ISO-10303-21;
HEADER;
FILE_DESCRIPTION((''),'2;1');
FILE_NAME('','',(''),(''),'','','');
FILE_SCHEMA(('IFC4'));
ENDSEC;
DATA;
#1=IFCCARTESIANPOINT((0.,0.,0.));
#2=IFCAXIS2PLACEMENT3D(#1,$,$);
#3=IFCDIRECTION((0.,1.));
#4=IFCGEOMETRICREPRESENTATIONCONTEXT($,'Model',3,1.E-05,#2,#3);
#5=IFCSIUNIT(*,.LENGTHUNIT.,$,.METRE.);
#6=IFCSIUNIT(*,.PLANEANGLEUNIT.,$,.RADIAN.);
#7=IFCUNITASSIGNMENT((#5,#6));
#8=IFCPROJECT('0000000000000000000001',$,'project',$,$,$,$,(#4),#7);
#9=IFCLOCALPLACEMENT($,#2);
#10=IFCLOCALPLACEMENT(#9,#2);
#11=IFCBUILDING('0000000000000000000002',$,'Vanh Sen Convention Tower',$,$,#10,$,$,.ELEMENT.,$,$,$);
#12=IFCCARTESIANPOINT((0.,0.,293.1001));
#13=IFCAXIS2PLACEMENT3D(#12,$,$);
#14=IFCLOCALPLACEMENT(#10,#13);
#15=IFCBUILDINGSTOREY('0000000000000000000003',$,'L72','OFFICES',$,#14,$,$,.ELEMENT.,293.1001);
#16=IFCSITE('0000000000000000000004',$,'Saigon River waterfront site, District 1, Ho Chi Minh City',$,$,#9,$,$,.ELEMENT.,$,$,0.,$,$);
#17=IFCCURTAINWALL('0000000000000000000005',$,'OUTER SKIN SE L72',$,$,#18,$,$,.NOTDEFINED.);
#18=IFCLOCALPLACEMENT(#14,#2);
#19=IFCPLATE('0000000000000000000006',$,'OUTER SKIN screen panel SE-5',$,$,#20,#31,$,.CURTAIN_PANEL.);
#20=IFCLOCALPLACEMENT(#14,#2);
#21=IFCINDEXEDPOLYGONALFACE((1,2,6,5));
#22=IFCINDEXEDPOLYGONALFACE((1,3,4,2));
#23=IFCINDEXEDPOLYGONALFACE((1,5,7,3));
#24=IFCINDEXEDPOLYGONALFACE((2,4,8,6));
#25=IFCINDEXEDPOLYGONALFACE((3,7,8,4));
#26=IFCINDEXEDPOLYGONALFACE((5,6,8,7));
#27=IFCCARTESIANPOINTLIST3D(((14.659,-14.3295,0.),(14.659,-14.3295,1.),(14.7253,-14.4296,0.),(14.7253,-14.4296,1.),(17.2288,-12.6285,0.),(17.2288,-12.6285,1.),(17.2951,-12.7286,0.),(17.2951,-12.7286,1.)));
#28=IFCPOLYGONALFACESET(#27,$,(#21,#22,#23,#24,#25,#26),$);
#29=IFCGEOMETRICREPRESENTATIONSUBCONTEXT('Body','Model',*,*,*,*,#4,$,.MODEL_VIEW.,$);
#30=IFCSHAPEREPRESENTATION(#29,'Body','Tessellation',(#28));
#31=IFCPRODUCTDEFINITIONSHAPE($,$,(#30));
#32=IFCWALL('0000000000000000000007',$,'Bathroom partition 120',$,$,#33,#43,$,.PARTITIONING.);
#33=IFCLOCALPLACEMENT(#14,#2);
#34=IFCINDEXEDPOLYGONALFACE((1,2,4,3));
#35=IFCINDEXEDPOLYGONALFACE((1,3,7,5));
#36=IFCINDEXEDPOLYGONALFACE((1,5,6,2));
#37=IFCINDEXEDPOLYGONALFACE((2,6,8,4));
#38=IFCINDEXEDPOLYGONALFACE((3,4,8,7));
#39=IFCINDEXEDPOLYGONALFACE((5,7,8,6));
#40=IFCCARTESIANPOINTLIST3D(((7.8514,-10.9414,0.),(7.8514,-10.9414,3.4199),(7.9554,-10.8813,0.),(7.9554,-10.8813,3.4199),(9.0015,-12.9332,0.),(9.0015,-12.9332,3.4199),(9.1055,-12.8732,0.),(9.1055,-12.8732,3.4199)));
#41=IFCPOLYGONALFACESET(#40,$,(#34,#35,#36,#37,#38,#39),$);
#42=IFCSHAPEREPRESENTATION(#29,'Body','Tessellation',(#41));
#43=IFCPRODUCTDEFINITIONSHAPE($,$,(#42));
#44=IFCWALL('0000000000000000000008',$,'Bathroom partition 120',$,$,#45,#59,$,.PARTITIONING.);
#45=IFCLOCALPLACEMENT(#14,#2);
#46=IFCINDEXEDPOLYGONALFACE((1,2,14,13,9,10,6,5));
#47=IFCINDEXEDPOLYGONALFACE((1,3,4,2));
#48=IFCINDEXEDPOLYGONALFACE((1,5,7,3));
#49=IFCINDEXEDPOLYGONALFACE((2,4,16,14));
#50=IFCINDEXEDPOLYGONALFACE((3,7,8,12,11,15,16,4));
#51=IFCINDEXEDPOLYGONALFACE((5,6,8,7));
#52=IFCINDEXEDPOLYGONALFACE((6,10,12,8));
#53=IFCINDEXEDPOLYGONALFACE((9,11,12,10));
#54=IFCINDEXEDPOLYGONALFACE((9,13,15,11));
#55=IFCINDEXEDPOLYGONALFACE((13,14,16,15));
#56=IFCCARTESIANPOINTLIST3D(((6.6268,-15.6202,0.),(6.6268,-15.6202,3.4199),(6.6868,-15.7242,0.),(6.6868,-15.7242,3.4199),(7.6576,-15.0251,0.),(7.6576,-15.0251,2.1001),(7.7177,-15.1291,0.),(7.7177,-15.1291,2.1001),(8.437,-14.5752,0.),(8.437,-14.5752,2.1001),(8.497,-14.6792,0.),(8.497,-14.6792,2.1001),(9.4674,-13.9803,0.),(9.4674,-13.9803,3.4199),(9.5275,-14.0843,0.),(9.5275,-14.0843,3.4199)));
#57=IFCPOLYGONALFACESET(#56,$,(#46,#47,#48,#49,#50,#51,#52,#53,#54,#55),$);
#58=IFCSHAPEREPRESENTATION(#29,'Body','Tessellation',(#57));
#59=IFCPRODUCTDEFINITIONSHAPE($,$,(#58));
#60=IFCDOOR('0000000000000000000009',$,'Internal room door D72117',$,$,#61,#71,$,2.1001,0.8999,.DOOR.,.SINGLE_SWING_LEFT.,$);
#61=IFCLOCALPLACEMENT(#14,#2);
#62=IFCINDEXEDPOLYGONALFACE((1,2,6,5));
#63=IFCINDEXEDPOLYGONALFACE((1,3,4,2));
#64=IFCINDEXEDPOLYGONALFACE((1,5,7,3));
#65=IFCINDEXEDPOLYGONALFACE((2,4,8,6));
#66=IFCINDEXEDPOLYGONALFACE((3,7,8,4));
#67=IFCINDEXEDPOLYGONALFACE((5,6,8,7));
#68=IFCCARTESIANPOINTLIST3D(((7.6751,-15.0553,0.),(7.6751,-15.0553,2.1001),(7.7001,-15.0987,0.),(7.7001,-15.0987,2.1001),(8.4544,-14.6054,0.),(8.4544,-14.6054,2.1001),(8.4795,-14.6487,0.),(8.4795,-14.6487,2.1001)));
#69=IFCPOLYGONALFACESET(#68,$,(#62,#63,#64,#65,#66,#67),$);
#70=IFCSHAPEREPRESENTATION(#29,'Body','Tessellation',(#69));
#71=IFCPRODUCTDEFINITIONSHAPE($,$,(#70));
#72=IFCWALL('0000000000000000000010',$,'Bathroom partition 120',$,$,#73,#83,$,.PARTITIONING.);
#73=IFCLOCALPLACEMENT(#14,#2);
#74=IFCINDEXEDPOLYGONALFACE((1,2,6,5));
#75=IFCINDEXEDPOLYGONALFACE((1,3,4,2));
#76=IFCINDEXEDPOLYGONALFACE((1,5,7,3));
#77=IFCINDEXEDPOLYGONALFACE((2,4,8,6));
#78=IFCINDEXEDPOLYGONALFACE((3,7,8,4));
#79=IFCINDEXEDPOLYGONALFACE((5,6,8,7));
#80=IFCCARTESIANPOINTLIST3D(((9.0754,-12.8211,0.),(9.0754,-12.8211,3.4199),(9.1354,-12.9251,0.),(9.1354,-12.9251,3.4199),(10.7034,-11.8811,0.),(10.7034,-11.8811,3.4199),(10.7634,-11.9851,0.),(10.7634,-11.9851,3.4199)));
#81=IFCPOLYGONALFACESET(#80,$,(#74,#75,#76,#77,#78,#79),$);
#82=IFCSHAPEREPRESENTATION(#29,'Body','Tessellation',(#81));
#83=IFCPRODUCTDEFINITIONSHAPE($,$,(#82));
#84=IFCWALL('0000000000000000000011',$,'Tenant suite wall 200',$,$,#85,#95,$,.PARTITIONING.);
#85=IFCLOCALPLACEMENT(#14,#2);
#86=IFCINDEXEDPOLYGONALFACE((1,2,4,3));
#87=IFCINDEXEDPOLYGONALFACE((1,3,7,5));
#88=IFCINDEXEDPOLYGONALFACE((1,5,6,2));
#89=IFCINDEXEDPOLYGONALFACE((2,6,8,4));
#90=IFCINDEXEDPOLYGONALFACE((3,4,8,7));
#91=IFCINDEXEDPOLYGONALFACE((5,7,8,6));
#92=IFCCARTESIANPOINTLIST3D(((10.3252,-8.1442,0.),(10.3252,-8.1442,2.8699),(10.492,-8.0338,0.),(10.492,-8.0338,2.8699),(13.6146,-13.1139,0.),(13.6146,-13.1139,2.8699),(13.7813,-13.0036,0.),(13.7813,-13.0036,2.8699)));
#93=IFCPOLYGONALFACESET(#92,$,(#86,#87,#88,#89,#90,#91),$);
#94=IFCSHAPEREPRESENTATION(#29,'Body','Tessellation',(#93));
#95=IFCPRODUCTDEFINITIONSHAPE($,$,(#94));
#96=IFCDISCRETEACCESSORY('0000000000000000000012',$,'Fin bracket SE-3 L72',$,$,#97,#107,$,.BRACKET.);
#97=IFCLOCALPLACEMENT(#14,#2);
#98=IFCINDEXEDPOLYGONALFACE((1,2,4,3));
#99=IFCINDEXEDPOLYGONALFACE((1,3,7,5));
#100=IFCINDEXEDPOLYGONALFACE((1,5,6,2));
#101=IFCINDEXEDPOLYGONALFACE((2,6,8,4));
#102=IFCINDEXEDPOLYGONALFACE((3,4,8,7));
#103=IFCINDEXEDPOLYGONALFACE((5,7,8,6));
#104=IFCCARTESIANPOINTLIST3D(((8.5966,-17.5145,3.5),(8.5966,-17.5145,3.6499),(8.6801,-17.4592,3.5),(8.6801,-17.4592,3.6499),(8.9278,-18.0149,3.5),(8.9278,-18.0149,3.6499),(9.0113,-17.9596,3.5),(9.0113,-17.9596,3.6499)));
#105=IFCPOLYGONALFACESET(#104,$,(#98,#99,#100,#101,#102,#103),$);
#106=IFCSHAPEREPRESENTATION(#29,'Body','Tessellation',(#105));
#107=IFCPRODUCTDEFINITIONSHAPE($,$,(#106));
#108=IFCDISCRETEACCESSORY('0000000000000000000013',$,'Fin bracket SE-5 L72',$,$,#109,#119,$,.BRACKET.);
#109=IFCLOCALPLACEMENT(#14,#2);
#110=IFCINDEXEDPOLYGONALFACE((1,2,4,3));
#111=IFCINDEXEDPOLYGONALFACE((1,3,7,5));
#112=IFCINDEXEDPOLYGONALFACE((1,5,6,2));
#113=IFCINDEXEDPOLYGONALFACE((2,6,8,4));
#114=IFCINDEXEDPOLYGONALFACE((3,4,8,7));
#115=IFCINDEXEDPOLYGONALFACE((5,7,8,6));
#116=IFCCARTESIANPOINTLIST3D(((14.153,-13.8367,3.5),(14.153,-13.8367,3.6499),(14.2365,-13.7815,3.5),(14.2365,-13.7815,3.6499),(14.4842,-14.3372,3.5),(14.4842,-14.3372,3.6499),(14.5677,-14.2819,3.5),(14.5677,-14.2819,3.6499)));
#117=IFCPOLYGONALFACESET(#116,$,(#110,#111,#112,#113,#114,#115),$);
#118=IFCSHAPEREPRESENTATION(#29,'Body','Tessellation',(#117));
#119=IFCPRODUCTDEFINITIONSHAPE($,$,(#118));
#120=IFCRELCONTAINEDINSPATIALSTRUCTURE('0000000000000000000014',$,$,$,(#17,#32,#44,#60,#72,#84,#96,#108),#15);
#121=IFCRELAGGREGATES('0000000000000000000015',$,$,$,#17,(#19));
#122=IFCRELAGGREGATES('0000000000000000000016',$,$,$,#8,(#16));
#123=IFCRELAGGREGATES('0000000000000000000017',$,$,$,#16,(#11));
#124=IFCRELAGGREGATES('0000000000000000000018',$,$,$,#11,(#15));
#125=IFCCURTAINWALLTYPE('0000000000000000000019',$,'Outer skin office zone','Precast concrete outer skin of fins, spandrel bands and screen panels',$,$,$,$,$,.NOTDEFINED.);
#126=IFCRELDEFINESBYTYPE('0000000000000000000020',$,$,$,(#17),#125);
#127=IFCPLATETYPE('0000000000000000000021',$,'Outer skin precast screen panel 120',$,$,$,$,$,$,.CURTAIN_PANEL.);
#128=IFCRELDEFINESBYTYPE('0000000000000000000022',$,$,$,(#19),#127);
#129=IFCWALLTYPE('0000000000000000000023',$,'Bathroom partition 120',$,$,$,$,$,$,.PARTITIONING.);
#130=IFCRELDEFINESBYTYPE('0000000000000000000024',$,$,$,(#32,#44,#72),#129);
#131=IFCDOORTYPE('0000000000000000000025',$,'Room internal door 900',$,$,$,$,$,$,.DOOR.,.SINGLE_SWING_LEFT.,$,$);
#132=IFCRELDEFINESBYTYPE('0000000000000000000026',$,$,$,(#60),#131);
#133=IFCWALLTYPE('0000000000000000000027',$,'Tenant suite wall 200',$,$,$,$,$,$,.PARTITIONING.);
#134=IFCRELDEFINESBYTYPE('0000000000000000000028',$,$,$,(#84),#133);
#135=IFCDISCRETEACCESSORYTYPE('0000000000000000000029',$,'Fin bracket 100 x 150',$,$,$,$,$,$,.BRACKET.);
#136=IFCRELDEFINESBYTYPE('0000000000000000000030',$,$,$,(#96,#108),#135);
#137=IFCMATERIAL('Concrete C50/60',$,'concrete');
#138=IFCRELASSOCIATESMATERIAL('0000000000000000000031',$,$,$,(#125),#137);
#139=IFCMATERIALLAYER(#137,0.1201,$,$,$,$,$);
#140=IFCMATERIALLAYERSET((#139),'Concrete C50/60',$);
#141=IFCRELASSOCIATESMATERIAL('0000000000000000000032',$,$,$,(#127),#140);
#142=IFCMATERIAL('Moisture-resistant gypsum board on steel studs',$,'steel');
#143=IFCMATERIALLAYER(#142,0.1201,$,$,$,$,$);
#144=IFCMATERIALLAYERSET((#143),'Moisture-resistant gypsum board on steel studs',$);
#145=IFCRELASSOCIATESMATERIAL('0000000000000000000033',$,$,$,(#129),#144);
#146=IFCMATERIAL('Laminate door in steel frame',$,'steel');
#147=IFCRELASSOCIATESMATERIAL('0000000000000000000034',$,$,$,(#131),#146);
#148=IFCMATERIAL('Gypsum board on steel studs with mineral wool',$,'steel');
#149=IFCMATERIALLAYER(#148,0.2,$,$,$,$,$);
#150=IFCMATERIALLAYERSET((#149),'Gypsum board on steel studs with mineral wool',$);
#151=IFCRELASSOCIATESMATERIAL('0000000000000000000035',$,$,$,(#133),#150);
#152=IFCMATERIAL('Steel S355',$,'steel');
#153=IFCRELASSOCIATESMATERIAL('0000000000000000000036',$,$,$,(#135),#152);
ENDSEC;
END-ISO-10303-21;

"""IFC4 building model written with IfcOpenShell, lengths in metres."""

from ifc_helpers import new_model, si_unit, direction, frame, frame_2d, origin, origin_2d, place, context, subcontext, project, spatial, rectangle, extrude, material, layer, layer_set, type_object, element, fill, aggregate, save


model = new_model("IFC4")

# Units and contexts
model_context = context("Model", 3, precision=1e-05, world=origin(), true_north=direction((0.0, 1.0)))
body_context = subcontext(model_context, "Body", "Model", "MODEL_VIEW")
ifc_project = project(units=[si_unit("LENGTHUNIT", "METRE"), si_unit("PLANEANGLEUNIT", "RADIAN")], contexts=[model_context])

# Site, building, storey
site_placement = place(None, origin())
site = spatial("IfcSite", under=ifc_project, at=site_placement, Name="Saigon River waterfront site, District 1, Ho Chi Minh City", CompositionType="ELEMENT", RefElevation=0.0)
building_placement = place(site_placement, origin())
building = spatial("IfcBuilding", under=site, at=building_placement, Name="Vanh Sen Convention Tower", CompositionType="ELEMENT")
storey_placement = place(building_placement, frame((0.0, 0.0, 293.1001)))
storey = spatial("IfcBuildingStorey", under=building, at=storey_placement, Name="L72", Description="OFFICES", CompositionType="ELEMENT", Elevation=293.1001)

# Curtain wall
ifc_material_1 = material(Name="Concrete C50/60", Category="concrete")
curtain_wall_type = type_object("IfcCurtainWallType", Name="Outer skin office zone", Description="Precast concrete outer skin of fins, spandrel bands and screen panels", PredefinedType="NOTDEFINED", material=ifc_material_1)
curtain_wall_1_placement = place(storey_placement, origin())
curtain_wall_1 = element("IfcCurtainWall", 1, at=curtain_wall_1_placement, inside=storey, type_object=curtain_wall_type, Name="OUTER SKIN SE L72", PredefinedType="NOTDEFINED")

# Plate
ifc_layer_1 = layer(ifc_material_1, 0.1201)
ifc_layer_set_1 = layer_set([ifc_layer_1], Name="Concrete C50/60")
plate_type = type_object("IfcPlateType", Name="Outer skin precast screen panel 120", PredefinedType="CURTAIN_PANEL", material=ifc_layer_set_1)
plate_1_placement = place(storey_placement, frame((15.9771, -13.5291, 0.0), z_axis=(0.0, 0.0, 1.0), x_axis=(0.833879, 0.551947, 0.0)))
plate_1 = element("IfcPlate", 2, at=plate_1_placement, type_object=plate_type, Name="OUTER SKIN screen panel SE-5", PredefinedType="CURTAIN_PANEL", context=body_context, shape_type="SweptSolid", body=[
    extrude(rectangle(XDim=3.0818, YDim=0.1201, at=origin_2d()), origin(), (0.0, 0.0, 1.0), 1.0),
])
aggregate(curtain_wall_1, [plate_1])

# Wall
ifc_material_2 = material(Name="Moisture-resistant gypsum board on steel studs", Category="steel")
ifc_layer_2 = layer(ifc_material_2, 0.1201)
ifc_layer_set_2 = layer_set([ifc_layer_2], Name="Moisture-resistant gypsum board on steel studs")
wall_type_1 = type_object("IfcWallType", Name="Bathroom partition 120", PredefinedType="PARTITIONING", material=ifc_layer_set_2)
wall_1_placement = place(storey_placement, frame((9.0535, -12.9031, 0.0), z_axis=(0.0, 0.0, 1.0), x_axis=(-0.500032, 0.866007, 0.0)))
element("IfcWall", 3, at=wall_1_placement, inside=storey, type_object=wall_type_1, Name="Bathroom partition 120", PredefinedType="PARTITIONING", context=body_context, shape_type="SweptSolid", body=[
    extrude(rectangle(XDim=2.3, YDim=0.1201, at=frame_2d((1.1499, 0.0))), origin(), (0.0, 0.0, 1.0), 3.4199),
])

# Wall, opening, door
wall_2_placement = place(storey_placement, frame((9.4976, -14.0322, 0.0), z_axis=(0.0, 0.0, 1.0), x_axis=(-0.866041, -0.499974, 0.0)))
wall_2 = element("IfcWall", 4, at=wall_2_placement, inside=storey, type_object=wall_type_1, Name="Bathroom partition 120", PredefinedType="PARTITIONING", context=body_context, shape_type="SweptSolid", body=[
    extrude(rectangle(XDim=3.28, YDim=0.1201, at=frame_2d((1.6401, 0.0))), origin(), (0.0, 0.0, 1.0), 3.4199),
])
opening_placement = place(wall_2_placement, frame((1.1899, 0.0, 0.0)))
opening = element("IfcOpeningElement", 5, at=opening_placement, cuts=wall_2, PredefinedType="OPENING", context=body_context, shape_type="SweptSolid", body=[
    extrude(rectangle(XDim=0.8999, YDim=2.1001, at=frame_2d((0.45, 1.05))), frame((0.0, 0.0701, 0.0), z_axis=(0.0, -1.0, 0.0), x_axis=(1.0, 0.0, 0.0)), (0.0, 0.0, 1.0), 0.1401),
])
ifc_material_3 = material(Name="Laminate door in steel frame", Category="steel")
door_type = type_object("IfcDoorType", Name="Room internal door 900", OperationType="SINGLE_SWING_LEFT", PredefinedType="DOOR", material=ifc_material_3)
door_placement = place(opening_placement, origin())
door = element("IfcDoor", 6, at=door_placement, inside=storey, type_object=door_type, Name="Internal room door D72117", OperationType="SINGLE_SWING_LEFT", OverallHeight=2.1001, OverallWidth=0.8999, PredefinedType="DOOR", context=body_context, shape_type="SweptSolid", body=[
    extrude(rectangle(XDim=0.8999, YDim=2.1001, at=frame_2d((0.45, 1.05))), frame((0.0, 0.0249, 0.0), z_axis=(0.0, -1.0, 0.0), x_axis=(1.0, 0.0, 0.0)), (0.0, 0.0, 1.0), 0.05),
])
fill(opening, door)

# Walls
wall_3_placement = place(storey_placement, frame((10.7334, -11.9331, 0.0), z_axis=(0.0, 0.0, 1.0), x_axis=(-0.866013, -0.500022, 0.0)))
element("IfcWall", 7, at=wall_3_placement, inside=storey, type_object=wall_type_1, Name="Bathroom partition 120", PredefinedType="PARTITIONING", context=body_context, shape_type="SweptSolid", body=[
    extrude(rectangle(XDim=1.8799, YDim=0.1201, at=frame_2d((0.9399, 0.0))), origin(), (0.0, 0.0, 1.0), 3.4199),
])
ifc_material_4 = material(Name="Gypsum board on steel studs with mineral wool", Category="steel")
ifc_layer_3 = layer(ifc_material_4, 0.2)
ifc_layer_set_3 = layer_set([ifc_layer_3], Name="Gypsum board on steel studs with mineral wool")
wall_type_2 = type_object("IfcWallType", Name="Tenant suite wall 200", PredefinedType="PARTITIONING", material=ifc_layer_set_3)
wall_4_placement = place(storey_placement, frame((13.698, -13.0588, 0.0), z_axis=(0.0, 0.0, 1.0), x_axis=(-0.551927, 0.833892, 0.0)))
element("IfcWall", 8, at=wall_4_placement, inside=storey, type_object=wall_type_2, Name="Tenant suite wall 200", PredefinedType="PARTITIONING", context=body_context, shape_type="SweptSolid", body=[
    extrude(rectangle(XDim=5.9597, YDim=0.2, at=frame_2d((2.98, 0.0))), origin(), (0.0, 0.0, 1.0), 2.8699),
])

# Discrete accessories
ifc_material_5 = material(Name="Steel S355", Category="steel")
discrete_accessory_type = type_object("IfcDiscreteAccessoryType", Name="Fin bracket 100 x 150", PredefinedType="BRACKET", material=ifc_material_5)
for number, where, z_axis, x_axis, name in (
    (9, (8.804, -17.7371, 3.5), (0.0, 0.0, 1.0), (0.551937, -0.833886, 0.0), "Fin bracket SE-3 L72"),
    (10, (14.3604, -14.0593, 3.5), (0.0, 0.0, 1.0), (0.551937, -0.833886, 0.0), "Fin bracket SE-5 L72"),
):
    element("IfcDiscreteAccessory", number, at=place(storey_placement, frame(where, z_axis=z_axis, x_axis=x_axis)), inside=storey, type_object=discrete_accessory_type, Name=name, PredefinedType="BRACKET", context=body_context, shape_type="SweptSolid", body=[
        extrude(rectangle(XDim=0.6001, YDim=0.1001, at=origin_2d()), origin(), (0.0, 0.0, 1.0), 0.1499),
    ])

save(model, "model.ifc")
